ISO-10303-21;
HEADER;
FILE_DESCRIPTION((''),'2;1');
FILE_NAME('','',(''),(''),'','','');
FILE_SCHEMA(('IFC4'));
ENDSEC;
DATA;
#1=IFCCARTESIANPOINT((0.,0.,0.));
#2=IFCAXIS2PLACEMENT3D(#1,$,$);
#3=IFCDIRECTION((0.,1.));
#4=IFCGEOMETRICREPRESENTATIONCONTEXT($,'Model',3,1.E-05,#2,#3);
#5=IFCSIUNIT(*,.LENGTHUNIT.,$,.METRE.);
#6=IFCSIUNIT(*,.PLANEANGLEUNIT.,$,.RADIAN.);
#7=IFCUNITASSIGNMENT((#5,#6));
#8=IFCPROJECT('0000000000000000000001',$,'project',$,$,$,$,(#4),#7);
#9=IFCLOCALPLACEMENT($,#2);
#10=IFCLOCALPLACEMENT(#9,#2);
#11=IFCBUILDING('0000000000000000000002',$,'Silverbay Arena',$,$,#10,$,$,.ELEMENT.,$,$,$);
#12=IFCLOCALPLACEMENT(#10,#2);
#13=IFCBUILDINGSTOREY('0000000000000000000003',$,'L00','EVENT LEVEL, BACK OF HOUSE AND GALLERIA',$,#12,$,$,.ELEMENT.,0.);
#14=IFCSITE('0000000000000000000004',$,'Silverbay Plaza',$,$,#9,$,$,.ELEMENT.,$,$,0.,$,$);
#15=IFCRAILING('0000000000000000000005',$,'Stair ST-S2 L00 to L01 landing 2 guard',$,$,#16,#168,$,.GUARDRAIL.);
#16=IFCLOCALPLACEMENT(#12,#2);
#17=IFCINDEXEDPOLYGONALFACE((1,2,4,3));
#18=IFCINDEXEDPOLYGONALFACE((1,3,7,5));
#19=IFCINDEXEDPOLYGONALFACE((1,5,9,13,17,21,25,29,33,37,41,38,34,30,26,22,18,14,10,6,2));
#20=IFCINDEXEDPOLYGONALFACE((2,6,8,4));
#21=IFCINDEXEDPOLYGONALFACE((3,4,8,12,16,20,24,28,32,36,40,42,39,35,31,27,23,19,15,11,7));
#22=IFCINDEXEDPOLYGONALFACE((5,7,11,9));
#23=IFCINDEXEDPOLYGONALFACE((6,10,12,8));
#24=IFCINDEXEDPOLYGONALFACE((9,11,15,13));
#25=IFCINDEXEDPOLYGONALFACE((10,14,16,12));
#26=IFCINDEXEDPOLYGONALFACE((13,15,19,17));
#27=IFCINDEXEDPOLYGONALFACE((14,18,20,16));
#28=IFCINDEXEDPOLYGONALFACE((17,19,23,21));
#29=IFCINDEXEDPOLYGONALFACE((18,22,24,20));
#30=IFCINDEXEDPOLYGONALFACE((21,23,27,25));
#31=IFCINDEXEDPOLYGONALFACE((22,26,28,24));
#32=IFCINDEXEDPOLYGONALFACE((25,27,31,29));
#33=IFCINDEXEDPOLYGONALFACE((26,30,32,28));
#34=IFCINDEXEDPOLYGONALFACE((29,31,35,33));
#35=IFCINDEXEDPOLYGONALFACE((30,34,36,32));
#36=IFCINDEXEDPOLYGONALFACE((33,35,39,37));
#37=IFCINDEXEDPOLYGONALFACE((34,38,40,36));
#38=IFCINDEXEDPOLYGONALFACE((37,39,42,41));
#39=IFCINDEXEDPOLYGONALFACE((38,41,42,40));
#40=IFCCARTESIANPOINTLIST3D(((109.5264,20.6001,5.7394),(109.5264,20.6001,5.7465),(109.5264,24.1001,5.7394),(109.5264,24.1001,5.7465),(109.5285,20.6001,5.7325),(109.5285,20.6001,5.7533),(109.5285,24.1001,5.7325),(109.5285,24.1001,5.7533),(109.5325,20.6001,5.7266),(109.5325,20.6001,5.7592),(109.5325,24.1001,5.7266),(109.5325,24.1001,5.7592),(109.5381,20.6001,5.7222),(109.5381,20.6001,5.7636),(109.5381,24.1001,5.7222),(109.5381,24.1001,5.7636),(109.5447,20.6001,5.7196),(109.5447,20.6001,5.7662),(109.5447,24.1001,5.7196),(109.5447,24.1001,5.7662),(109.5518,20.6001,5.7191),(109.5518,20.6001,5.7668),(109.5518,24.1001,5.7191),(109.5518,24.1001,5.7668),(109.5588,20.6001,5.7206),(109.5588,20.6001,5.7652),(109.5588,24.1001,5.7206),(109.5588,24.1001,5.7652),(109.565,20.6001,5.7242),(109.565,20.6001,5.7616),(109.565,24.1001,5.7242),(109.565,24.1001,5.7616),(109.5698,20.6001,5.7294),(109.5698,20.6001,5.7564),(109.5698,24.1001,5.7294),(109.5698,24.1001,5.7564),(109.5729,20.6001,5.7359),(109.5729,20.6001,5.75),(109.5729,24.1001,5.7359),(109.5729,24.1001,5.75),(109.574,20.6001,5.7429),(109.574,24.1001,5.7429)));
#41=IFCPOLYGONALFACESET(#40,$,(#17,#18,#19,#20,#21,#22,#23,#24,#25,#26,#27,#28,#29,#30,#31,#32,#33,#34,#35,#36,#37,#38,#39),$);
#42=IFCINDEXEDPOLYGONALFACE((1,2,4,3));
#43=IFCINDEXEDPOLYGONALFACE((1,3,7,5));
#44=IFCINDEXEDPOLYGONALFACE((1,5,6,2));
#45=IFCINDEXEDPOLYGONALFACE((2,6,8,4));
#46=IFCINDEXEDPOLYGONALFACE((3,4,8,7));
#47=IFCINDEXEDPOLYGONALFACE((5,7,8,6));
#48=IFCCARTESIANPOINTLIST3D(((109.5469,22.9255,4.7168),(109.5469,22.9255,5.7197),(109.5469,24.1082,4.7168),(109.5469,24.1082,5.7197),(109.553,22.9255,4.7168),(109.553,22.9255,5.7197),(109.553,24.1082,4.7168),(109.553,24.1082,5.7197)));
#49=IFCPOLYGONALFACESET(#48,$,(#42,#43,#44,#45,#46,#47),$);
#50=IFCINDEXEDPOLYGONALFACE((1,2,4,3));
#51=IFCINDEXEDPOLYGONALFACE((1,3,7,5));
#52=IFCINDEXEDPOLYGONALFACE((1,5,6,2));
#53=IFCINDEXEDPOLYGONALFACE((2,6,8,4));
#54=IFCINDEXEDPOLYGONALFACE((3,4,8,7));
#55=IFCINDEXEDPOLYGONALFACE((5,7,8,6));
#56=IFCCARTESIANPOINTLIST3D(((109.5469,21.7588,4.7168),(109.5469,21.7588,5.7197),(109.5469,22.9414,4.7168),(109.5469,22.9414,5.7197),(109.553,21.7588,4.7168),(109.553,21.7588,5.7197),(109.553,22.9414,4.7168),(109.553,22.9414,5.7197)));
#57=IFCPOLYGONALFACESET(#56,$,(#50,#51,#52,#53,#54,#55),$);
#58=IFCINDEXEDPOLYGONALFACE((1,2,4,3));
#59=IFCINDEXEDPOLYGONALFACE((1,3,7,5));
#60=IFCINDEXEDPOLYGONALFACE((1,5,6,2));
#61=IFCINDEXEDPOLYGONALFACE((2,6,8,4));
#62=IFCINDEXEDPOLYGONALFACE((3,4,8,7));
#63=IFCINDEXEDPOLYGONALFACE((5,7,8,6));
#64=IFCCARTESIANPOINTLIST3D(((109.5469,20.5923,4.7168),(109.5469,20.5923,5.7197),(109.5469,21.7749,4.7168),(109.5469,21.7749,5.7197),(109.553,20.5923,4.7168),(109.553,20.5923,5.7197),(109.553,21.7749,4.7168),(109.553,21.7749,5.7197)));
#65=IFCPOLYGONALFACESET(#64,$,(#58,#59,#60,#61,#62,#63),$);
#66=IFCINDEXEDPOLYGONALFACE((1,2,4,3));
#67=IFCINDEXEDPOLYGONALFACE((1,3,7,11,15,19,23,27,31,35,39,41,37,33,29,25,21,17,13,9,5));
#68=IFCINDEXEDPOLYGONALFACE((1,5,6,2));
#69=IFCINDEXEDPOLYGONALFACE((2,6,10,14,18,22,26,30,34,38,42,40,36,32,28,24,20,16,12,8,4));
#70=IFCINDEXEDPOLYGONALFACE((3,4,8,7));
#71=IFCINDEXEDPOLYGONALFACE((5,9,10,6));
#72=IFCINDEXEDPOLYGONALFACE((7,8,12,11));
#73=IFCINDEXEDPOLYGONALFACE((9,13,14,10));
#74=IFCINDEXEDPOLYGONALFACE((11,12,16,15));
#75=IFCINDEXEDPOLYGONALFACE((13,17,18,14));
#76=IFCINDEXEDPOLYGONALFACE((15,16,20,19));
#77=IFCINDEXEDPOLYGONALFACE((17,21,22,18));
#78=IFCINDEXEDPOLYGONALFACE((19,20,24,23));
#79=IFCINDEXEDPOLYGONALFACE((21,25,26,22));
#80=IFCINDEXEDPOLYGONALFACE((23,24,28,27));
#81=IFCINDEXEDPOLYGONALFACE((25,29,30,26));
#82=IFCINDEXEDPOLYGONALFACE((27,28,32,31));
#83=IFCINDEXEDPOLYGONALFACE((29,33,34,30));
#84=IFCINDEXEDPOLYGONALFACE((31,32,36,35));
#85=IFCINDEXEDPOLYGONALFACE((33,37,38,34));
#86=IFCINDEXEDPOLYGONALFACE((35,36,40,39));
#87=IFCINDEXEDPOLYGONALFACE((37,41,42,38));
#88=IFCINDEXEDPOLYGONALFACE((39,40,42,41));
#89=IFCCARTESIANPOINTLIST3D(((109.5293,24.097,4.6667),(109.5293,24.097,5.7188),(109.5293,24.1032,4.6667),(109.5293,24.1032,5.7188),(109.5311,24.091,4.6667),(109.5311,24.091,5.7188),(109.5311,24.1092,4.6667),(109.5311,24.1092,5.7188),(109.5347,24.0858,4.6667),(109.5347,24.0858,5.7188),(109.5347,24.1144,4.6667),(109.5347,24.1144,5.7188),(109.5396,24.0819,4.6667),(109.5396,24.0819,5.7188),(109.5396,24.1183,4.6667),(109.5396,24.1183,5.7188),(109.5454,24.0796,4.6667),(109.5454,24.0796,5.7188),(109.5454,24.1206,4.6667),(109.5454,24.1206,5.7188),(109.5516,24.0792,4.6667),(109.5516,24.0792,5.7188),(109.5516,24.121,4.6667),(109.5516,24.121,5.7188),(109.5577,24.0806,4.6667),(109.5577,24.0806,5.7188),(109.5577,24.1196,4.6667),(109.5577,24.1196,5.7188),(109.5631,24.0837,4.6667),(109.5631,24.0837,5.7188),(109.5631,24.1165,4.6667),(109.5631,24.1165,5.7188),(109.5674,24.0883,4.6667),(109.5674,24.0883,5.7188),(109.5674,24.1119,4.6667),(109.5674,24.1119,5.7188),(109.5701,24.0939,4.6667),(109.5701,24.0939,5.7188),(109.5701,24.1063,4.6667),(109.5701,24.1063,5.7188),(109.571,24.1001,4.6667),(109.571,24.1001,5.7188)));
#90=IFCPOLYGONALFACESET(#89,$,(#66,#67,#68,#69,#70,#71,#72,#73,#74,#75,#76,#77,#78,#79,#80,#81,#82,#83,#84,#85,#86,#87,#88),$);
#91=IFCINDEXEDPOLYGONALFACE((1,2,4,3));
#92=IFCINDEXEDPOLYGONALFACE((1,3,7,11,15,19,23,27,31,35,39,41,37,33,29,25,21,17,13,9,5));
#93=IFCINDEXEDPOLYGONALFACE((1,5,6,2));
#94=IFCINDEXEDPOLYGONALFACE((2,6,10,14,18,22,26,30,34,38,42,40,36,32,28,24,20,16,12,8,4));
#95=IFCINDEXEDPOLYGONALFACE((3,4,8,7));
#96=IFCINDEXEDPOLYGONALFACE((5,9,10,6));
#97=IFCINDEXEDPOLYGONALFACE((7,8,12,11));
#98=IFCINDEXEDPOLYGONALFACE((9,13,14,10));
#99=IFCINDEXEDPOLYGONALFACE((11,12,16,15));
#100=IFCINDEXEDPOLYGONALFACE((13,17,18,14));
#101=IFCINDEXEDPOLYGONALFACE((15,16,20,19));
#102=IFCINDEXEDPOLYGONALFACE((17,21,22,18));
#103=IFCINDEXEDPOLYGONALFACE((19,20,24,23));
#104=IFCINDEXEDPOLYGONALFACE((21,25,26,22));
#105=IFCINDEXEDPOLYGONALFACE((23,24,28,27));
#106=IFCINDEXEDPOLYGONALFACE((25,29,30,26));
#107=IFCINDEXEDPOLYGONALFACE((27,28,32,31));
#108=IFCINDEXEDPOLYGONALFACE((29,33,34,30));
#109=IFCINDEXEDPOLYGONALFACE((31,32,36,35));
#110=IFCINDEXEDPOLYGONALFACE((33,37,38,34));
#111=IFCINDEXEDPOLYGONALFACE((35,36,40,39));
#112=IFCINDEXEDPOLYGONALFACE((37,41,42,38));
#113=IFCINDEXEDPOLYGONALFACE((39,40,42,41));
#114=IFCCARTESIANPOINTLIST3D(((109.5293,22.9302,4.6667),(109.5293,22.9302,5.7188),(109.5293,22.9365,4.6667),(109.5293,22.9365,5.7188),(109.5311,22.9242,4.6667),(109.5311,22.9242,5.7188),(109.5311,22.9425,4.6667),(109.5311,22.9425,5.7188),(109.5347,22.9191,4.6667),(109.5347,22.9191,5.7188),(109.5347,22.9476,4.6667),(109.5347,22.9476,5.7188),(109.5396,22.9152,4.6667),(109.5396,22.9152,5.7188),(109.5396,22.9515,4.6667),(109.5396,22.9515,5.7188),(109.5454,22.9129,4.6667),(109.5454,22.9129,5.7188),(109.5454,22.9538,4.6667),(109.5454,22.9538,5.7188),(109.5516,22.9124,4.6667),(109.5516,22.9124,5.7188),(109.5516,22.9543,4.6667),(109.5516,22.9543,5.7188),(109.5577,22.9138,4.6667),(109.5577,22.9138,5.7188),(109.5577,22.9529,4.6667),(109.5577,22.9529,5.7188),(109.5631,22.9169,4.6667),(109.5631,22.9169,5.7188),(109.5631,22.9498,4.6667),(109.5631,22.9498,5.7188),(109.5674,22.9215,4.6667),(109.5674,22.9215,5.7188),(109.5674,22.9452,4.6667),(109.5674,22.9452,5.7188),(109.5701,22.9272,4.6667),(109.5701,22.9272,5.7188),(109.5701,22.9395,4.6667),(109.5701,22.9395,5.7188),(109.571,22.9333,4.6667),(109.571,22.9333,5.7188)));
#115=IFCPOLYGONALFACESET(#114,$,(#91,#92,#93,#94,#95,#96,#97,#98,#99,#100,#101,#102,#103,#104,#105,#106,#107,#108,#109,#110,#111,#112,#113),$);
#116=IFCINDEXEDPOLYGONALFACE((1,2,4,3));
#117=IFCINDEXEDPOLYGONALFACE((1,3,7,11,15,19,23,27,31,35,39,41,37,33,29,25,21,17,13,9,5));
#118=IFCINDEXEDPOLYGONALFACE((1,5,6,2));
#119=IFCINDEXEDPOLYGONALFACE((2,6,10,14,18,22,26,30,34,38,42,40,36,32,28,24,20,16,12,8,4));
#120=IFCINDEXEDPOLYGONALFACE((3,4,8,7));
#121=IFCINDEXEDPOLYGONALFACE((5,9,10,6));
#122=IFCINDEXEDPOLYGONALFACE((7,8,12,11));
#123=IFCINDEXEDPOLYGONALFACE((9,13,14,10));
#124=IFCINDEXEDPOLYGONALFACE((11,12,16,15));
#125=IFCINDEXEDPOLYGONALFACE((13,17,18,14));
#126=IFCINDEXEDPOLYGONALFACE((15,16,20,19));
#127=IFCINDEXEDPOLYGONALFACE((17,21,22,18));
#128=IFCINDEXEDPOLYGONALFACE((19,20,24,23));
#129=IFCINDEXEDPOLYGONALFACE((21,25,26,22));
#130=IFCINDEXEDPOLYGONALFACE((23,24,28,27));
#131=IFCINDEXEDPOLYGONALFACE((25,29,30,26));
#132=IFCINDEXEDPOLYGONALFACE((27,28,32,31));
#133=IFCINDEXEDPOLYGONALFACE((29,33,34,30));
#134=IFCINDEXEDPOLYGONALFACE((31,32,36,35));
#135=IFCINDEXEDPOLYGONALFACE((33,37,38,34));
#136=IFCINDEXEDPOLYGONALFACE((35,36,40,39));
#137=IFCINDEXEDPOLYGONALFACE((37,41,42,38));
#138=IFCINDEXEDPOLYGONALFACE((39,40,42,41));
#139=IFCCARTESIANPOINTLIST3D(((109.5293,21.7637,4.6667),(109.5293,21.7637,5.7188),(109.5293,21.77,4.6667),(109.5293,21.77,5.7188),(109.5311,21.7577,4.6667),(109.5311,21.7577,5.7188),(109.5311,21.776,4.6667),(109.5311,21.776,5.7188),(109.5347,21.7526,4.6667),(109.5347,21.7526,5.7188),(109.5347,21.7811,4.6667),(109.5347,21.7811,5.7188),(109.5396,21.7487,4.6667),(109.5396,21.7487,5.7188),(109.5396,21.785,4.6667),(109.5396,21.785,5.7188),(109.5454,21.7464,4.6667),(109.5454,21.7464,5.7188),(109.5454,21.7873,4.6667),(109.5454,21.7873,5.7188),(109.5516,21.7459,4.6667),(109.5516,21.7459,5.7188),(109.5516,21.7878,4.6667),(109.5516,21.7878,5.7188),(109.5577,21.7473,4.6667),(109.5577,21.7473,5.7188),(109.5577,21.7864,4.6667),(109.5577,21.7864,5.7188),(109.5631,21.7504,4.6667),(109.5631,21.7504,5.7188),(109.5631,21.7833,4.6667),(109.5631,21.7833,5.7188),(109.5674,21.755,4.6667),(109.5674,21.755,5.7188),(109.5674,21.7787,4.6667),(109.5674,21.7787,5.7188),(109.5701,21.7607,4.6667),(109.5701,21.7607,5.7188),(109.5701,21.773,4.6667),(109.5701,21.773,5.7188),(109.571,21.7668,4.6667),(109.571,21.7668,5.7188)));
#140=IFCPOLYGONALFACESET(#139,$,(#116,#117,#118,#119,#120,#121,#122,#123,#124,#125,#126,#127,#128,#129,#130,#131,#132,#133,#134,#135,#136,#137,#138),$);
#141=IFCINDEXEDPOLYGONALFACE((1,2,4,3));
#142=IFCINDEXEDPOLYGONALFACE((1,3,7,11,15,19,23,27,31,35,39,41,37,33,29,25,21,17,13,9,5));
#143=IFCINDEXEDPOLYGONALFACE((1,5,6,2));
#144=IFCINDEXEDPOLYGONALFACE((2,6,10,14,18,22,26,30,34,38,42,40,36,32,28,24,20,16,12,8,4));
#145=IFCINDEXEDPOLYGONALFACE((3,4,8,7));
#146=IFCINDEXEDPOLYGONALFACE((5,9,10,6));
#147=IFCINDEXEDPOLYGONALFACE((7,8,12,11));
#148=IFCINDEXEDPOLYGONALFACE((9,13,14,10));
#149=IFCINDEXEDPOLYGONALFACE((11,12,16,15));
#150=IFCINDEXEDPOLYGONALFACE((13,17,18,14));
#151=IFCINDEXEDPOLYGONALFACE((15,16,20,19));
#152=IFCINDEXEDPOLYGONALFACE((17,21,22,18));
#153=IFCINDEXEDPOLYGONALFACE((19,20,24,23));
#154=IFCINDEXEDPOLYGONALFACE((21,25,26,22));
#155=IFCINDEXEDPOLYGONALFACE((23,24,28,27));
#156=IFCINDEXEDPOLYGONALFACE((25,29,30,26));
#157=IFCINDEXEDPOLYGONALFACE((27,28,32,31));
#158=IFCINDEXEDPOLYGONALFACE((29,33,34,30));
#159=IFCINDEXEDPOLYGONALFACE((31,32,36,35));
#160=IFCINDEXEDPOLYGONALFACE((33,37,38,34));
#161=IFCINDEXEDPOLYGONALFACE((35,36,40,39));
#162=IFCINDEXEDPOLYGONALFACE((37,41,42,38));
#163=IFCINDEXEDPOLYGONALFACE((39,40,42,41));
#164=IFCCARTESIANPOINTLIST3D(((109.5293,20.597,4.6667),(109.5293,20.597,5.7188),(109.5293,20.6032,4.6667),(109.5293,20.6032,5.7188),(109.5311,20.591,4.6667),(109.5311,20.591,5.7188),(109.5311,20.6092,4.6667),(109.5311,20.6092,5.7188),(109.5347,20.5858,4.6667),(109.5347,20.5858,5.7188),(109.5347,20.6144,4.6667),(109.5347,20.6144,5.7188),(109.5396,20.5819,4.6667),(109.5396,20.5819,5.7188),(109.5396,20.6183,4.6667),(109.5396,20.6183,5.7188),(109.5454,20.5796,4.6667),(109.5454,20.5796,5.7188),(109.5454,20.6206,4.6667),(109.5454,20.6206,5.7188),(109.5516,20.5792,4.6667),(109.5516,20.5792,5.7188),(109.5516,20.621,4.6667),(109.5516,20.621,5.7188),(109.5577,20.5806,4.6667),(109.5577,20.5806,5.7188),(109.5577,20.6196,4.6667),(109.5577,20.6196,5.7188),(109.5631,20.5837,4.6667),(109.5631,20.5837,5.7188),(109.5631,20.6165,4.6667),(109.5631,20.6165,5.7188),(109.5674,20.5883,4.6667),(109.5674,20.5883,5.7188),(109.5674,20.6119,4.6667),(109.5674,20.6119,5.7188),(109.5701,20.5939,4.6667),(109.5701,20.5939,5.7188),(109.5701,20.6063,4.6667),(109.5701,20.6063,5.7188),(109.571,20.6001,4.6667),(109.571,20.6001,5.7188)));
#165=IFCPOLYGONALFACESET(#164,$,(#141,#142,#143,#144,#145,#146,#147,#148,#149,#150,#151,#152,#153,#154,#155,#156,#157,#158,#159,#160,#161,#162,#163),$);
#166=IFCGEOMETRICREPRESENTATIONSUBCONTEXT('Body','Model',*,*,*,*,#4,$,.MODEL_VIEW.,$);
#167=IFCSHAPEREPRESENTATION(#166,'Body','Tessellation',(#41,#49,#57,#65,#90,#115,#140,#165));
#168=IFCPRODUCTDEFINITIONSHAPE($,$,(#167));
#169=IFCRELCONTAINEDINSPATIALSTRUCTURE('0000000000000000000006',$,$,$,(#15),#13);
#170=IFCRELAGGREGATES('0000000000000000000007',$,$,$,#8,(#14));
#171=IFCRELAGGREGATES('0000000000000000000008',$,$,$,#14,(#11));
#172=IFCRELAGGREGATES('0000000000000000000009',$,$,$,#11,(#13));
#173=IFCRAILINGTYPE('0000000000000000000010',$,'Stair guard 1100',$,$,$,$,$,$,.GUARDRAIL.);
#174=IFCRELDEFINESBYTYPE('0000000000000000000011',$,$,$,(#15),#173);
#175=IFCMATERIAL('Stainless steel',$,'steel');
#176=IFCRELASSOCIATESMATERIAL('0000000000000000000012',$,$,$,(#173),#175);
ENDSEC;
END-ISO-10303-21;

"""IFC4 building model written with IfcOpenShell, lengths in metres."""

from ifc_helpers import new_model, si_unit, direction, frame, origin, origin_2d, place, context, subcontext, project, spatial, polyline, circle, outline, extrude, material, type_object, element, save


model = new_model("IFC4")

# Units and contexts
model_context = context("Model", 3, precision=1e-05, world=origin(), true_north=direction((0.0, 1.0)))
body_context = subcontext(model_context, "Body", "Model", "MODEL_VIEW")
ifc_project = project(units=[si_unit("LENGTHUNIT", "METRE"), si_unit("PLANEANGLEUNIT", "RADIAN")], contexts=[model_context])

# Site, building, storey
site_placement = place(None, origin())
site = spatial("IfcSite", under=ifc_project, at=site_placement, Name="Silverbay Plaza", CompositionType="ELEMENT", RefElevation=0.0)
building_placement = place(site_placement, origin())
building = spatial("IfcBuilding", under=site, at=building_placement, Name="Silverbay Arena", CompositionType="ELEMENT")
storey_placement = place(building_placement, origin())
storey = spatial("IfcBuildingStorey", under=building, at=storey_placement, Name="L00", Description="EVENT LEVEL, BACK OF HOUSE AND GALLERIA", CompositionType="ELEMENT", Elevation=0.0)

# Railing
ifc_material_1 = material(Name="Stainless steel", Category="steel")
railing_type_1 = type_object("IfcRailingType", Name="Stair guard 1100", PredefinedType="GUARDRAIL", material=ifc_material_1)
for number, where, name in (
    (1, (109.55, 24.1001, 4.6667), "Stair ST-S2 L00 to L01 landing 2 guard"),
):
    element("IfcRailing", number, at=place(storey_placement, frame(where)), inside=storey, type_object=railing_type_1, Name=name, PredefinedType="GUARDRAIL", context=body_context, shape_type="SweptSolid", body=[
        extrude(circle(Radius=0.0239, at=origin_2d()), frame((0.0, 0.0, 1.0762), z_axis=(0.0, -1.0, 0.0), x_axis=(1.0, 0.0, 0.0)), (0.0, 0.0, 1.0), 3.5),
        extrude(outline(polyline([(-0.0081, 0.05), (1.1746, 0.05), (1.1746, 1.053), (-0.0081, 1.053), (-0.0081, 0.05)])), frame((0.0029, 0.0, 0.0), z_axis=(-1.0, 0.0, 0.0), x_axis=(0.0, -1.0, 0.0)), (0.0, 0.0, 1.0), 0.0061),
        extrude(outline(polyline([(-0.0081, 0.05), (1.1746, 0.05), (1.1746, 1.053), (-0.0081, 1.053), (-0.0081, 0.05)])), frame((0.0029, -1.1667, 0.0), z_axis=(-1.0, 0.0, 0.0), x_axis=(0.0, -1.0, 0.0)), (0.0, 0.0, 1.0), 0.0061),
        extrude(outline(polyline([(-0.0081, 0.05), (1.1746, 0.05), (1.1746, 1.053), (-0.0081, 1.053), (-0.0081, 0.05)])), frame((0.0029, -2.3333, 0.0), z_axis=(-1.0, 0.0, 0.0), x_axis=(0.0, -1.0, 0.0)), (0.0, 0.0, 1.0), 0.0061),
        extrude(circle(Radius=0.021, at=origin_2d()), origin(), (0.0, 0.0, 1.0), 1.052),
        extrude(circle(Radius=0.021, at=origin_2d()), frame((0.0, -1.1667, 0.0)), (0.0, 0.0, 1.0), 1.052),
        extrude(circle(Radius=0.021, at=origin_2d()), frame((0.0, -2.3333, 0.0)), (0.0, 0.0, 1.0), 1.052),
        extrude(circle(Radius=0.021, at=origin_2d()), frame((0.0, -3.5, 0.0)), (0.0, 0.0, 1.0), 1.052),
    ])

save(model, "model.ifc")
